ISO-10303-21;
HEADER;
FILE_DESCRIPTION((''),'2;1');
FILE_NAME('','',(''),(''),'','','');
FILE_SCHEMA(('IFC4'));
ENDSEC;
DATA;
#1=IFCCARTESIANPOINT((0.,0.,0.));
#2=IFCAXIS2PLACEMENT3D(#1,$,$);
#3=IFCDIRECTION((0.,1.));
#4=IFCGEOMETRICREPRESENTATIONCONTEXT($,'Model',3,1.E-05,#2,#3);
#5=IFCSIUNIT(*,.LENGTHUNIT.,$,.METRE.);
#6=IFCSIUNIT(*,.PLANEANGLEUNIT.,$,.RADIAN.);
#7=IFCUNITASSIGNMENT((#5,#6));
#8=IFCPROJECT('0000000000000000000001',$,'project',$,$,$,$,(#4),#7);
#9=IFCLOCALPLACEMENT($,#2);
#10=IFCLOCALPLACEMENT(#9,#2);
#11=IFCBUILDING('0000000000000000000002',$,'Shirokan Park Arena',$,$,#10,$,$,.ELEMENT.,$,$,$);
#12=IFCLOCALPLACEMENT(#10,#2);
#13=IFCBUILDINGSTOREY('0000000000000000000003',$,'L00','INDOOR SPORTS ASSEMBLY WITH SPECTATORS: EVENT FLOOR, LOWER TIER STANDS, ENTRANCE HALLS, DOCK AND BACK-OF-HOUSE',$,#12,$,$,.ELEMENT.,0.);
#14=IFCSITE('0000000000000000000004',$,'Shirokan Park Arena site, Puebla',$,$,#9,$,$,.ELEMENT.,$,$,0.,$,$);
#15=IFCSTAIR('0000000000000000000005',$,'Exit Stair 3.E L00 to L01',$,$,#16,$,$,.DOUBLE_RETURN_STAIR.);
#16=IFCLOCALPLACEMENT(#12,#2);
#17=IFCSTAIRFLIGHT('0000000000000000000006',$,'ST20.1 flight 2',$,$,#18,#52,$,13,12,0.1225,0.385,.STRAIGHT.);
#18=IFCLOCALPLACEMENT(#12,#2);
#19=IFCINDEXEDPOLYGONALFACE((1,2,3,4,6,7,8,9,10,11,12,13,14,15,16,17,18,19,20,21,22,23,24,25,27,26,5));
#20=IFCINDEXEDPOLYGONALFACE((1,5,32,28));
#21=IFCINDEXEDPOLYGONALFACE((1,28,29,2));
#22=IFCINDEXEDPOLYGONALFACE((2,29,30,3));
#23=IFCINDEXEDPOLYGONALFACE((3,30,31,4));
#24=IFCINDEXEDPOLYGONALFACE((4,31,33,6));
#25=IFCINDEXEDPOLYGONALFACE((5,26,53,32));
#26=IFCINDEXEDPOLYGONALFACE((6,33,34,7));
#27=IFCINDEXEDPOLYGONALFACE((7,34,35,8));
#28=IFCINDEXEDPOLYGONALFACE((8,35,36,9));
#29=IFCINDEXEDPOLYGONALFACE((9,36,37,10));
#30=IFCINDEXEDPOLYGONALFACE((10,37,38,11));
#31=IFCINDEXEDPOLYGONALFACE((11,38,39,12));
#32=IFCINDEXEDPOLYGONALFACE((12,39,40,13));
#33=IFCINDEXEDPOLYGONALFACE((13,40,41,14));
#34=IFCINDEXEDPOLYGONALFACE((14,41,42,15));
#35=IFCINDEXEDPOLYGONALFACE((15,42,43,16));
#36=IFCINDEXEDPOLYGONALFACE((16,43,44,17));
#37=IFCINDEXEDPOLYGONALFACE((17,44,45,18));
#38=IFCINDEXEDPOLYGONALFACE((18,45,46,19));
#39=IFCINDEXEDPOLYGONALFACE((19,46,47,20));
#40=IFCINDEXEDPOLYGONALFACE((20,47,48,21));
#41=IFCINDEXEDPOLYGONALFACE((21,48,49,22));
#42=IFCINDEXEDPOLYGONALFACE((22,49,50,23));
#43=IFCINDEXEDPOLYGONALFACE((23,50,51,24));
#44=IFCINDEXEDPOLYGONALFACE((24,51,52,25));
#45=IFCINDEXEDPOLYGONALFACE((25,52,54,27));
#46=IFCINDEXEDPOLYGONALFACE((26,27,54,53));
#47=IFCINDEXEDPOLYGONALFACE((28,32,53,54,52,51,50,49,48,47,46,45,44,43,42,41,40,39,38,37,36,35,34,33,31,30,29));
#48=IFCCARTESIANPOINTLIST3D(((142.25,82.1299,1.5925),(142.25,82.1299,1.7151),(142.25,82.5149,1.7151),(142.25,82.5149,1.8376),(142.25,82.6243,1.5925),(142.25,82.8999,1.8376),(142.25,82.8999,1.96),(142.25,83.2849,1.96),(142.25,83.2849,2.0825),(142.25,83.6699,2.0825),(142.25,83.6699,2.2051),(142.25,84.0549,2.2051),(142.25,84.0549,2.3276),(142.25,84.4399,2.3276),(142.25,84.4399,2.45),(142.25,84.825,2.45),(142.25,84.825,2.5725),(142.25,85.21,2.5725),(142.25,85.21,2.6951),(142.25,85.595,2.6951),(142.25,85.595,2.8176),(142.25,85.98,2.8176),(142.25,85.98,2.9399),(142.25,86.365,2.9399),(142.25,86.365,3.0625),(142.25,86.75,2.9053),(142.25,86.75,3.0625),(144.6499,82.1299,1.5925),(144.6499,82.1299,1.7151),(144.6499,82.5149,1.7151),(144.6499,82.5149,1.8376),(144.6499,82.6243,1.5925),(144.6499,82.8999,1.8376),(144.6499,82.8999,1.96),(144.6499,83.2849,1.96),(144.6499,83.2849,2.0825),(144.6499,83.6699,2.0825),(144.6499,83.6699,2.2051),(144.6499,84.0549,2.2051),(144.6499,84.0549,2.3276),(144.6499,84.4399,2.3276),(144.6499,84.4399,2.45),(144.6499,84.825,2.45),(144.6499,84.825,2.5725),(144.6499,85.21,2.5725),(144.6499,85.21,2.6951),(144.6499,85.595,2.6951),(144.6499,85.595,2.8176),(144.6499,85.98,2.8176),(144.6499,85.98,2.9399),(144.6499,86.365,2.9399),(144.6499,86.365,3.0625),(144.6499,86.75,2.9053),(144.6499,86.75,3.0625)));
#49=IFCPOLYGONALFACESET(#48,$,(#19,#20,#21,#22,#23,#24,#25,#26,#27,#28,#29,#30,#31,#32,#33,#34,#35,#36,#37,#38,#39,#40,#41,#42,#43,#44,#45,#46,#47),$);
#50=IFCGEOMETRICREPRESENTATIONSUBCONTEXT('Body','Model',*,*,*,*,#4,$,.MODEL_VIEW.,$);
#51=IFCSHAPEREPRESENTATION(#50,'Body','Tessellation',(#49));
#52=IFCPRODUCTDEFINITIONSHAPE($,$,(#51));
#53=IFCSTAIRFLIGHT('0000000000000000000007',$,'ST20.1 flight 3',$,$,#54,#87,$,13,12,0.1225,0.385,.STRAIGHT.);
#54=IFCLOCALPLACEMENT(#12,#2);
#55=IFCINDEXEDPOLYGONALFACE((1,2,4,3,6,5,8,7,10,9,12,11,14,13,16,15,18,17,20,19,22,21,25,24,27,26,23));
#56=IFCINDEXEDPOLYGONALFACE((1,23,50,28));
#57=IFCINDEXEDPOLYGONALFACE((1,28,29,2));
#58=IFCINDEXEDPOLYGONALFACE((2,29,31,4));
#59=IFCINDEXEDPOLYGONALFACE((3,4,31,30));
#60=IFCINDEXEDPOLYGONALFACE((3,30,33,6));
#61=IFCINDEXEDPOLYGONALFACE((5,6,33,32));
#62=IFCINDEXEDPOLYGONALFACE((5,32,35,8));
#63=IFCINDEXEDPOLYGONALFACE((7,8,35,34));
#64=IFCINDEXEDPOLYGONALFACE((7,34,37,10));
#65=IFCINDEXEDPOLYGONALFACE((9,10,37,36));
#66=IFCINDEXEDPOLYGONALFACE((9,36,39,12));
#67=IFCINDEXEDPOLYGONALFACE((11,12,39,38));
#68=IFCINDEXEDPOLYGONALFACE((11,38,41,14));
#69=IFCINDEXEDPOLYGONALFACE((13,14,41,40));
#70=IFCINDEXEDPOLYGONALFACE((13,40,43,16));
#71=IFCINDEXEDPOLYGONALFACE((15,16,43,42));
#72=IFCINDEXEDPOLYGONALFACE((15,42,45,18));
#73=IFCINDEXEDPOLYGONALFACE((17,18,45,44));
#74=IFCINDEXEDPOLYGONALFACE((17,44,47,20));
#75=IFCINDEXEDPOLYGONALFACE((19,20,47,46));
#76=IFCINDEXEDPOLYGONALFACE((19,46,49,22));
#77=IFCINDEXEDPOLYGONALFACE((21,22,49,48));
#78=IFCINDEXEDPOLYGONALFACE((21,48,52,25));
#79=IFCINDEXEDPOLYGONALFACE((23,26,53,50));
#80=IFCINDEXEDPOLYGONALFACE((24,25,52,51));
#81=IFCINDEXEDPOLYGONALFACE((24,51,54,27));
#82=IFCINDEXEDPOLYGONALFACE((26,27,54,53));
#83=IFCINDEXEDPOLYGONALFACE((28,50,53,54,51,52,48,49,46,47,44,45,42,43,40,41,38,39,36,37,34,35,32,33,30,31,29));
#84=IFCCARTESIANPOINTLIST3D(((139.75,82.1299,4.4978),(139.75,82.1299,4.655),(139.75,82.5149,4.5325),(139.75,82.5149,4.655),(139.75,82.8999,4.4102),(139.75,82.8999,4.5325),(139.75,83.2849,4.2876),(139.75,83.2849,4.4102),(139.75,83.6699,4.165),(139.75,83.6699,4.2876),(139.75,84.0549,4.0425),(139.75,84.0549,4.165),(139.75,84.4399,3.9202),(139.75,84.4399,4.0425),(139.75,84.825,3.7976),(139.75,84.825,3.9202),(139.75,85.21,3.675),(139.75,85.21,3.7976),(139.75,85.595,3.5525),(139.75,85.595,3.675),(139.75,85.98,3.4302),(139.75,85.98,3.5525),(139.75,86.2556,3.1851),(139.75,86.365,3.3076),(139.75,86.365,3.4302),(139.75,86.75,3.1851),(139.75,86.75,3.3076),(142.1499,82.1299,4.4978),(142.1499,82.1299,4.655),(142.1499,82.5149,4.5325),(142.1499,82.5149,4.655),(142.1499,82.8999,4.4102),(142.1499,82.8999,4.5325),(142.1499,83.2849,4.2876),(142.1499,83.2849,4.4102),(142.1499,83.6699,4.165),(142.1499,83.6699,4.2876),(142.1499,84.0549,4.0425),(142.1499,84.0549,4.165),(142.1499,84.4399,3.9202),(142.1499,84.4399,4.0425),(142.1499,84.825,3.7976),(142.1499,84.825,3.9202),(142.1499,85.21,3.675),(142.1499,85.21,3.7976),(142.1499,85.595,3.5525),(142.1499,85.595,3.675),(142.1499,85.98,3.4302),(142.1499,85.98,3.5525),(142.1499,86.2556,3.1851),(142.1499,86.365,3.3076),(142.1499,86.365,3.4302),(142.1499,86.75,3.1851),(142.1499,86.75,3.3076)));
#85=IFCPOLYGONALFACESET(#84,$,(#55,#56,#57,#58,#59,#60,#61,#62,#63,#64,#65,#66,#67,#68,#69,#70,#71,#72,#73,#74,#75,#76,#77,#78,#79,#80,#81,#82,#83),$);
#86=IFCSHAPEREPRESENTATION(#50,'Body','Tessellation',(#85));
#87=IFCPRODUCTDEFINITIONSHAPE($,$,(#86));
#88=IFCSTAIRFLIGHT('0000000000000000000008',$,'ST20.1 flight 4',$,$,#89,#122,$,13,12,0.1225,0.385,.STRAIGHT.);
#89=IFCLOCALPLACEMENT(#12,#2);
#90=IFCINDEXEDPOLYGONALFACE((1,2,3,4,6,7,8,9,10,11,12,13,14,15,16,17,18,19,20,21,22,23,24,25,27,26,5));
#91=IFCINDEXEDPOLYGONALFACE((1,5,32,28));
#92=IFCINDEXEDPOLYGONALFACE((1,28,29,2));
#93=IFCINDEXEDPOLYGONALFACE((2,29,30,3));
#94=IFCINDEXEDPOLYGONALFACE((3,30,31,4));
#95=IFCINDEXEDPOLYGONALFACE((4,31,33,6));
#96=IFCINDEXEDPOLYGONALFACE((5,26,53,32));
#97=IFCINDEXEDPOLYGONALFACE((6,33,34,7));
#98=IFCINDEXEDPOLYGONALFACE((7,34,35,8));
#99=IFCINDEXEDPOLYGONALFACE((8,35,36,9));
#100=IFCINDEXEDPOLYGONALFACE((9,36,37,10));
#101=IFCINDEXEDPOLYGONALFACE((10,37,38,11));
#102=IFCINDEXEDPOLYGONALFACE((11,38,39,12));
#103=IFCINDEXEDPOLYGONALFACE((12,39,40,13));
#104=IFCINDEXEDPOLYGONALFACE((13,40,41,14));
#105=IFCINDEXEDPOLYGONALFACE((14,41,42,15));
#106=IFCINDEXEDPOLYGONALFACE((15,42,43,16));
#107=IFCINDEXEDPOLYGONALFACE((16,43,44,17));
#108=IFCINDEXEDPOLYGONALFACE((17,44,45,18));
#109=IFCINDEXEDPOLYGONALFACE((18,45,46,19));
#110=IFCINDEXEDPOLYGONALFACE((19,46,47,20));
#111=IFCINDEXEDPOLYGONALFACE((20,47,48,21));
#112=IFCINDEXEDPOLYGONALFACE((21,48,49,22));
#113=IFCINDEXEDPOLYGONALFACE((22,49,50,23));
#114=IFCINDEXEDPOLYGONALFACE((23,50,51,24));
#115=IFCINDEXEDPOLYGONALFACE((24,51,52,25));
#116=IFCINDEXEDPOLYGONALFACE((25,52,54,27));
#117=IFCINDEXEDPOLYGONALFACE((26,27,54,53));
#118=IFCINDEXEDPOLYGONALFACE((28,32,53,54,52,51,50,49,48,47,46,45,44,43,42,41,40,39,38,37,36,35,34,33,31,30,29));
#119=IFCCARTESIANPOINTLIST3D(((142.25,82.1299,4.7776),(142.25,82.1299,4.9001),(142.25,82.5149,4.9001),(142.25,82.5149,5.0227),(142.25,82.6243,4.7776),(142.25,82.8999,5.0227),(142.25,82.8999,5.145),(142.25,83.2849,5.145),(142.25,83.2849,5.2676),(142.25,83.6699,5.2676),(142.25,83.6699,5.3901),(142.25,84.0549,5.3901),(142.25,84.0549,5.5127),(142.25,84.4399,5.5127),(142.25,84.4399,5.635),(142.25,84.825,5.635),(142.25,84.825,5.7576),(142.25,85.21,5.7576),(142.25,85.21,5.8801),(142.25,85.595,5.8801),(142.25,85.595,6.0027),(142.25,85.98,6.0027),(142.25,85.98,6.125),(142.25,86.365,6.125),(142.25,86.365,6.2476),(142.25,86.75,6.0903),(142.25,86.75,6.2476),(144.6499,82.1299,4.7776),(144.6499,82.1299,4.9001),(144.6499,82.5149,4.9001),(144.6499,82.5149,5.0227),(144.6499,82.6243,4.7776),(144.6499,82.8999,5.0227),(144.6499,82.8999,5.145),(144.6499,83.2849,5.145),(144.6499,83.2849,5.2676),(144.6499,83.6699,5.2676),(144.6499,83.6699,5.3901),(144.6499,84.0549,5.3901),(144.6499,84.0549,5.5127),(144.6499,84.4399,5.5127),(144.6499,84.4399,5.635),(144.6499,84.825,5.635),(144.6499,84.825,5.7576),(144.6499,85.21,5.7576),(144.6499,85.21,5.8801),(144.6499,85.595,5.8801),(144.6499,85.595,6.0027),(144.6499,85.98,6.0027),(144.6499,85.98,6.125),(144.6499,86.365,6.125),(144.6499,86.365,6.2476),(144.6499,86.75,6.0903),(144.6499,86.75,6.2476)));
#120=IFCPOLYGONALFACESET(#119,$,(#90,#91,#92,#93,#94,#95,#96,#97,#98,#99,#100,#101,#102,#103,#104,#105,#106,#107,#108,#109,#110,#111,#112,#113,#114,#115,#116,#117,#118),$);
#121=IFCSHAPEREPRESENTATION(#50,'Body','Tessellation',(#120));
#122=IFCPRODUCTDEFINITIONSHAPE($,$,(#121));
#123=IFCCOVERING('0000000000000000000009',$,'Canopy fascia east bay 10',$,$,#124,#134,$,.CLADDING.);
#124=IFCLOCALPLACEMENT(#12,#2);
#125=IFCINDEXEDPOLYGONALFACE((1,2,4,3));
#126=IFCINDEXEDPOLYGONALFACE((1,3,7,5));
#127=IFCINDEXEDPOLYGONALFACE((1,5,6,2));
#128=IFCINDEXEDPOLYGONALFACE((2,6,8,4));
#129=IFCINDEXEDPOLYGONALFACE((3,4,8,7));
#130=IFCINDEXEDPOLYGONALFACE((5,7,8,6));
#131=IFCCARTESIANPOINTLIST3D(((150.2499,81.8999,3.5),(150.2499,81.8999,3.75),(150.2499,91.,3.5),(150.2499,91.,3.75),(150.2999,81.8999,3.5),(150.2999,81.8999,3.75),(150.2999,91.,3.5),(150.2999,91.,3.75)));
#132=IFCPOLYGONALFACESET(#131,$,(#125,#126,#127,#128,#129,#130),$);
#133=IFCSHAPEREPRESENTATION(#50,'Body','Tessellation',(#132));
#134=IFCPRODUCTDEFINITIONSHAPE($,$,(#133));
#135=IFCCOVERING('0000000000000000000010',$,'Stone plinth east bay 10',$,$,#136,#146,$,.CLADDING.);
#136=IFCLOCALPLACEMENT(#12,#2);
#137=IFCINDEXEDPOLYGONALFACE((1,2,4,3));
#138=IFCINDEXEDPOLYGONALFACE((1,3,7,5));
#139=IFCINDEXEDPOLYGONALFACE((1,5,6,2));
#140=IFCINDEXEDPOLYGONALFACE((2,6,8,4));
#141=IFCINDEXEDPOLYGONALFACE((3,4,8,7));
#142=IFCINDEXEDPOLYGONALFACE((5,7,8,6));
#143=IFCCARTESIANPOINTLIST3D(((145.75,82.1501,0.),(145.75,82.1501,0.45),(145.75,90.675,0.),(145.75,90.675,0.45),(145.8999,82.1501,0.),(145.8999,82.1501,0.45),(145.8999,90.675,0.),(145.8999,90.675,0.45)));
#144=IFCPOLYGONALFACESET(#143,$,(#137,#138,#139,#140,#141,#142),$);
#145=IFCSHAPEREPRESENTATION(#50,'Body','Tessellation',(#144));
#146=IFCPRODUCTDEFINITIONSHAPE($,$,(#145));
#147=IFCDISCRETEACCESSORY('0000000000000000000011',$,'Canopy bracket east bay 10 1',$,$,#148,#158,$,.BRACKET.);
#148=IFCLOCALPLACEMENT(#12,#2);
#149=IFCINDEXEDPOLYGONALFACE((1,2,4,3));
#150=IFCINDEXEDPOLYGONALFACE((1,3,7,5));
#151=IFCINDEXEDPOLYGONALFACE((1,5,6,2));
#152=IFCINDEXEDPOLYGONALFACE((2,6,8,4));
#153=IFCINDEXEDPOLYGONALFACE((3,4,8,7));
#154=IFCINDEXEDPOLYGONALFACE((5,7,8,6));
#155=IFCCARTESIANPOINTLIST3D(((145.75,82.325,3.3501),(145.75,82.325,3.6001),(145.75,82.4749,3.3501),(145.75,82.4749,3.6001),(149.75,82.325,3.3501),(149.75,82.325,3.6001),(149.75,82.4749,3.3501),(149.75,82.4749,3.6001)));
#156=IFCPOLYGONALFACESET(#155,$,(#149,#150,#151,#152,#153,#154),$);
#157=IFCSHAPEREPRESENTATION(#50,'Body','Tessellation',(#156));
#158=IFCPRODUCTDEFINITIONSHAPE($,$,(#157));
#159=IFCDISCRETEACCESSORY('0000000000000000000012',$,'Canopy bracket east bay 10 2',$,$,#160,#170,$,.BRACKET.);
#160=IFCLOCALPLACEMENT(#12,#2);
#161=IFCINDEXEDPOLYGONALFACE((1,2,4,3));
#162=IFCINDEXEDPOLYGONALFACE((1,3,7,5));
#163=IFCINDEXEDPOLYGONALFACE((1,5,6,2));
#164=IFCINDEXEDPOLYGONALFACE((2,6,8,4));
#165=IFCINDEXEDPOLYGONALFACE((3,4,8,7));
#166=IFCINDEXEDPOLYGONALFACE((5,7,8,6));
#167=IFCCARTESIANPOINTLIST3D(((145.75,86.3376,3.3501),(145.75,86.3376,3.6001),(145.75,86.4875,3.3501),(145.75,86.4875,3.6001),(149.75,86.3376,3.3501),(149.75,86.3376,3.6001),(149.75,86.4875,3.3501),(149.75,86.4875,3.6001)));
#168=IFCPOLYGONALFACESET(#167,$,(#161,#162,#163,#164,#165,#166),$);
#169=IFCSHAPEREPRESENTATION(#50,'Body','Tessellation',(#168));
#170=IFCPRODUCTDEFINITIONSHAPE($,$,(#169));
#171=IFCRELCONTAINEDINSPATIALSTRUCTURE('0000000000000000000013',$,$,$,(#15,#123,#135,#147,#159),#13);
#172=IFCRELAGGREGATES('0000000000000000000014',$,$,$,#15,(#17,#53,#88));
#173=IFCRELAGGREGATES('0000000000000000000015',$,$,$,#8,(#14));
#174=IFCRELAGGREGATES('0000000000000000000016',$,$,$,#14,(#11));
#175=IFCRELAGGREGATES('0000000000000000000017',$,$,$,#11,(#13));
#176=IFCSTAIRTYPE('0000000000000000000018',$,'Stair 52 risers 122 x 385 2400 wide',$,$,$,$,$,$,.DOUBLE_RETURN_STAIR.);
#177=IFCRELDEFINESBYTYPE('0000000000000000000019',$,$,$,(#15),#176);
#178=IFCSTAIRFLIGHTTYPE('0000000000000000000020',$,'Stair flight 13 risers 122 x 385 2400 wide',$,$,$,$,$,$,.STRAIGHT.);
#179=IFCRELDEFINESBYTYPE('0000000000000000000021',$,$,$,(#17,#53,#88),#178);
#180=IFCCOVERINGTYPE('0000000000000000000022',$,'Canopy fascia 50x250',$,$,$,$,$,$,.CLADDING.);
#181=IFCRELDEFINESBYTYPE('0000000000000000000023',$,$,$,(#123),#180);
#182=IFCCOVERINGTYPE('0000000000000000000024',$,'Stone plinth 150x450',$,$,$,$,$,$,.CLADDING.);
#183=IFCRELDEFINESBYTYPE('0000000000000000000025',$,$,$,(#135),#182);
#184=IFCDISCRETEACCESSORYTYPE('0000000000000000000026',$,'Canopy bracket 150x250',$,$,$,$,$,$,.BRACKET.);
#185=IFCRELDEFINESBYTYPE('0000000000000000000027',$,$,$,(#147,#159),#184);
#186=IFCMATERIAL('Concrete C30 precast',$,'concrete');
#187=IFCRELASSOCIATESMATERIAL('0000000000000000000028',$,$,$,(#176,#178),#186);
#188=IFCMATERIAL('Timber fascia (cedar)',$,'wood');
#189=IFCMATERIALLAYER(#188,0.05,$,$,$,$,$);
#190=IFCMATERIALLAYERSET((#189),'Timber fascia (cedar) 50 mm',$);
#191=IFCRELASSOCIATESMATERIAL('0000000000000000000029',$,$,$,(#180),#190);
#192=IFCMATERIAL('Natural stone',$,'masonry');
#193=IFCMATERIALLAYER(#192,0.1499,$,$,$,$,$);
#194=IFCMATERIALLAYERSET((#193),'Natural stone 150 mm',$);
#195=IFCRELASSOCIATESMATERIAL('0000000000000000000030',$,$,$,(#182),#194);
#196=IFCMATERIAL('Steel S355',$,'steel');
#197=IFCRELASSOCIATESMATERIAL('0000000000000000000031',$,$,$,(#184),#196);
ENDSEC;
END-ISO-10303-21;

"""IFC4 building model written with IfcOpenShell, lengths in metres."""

from ifc_helpers import new_model, si_unit, direction, frame, origin, origin_2d, place, context, subcontext, project, spatial, polyline, rectangle, outline, extrude, material, layer, layer_set, type_object, element, aggregate, save


model = new_model("IFC4")

# Units and contexts
model_context = context("Model", 3, precision=1e-05, world=origin(), true_north=direction((0.0, 1.0)))
body_context = subcontext(model_context, "Body", "Model", "MODEL_VIEW")
ifc_project = project(units=[si_unit("LENGTHUNIT", "METRE"), si_unit("PLANEANGLEUNIT", "RADIAN")], contexts=[model_context])

# Site, building, storey
site_placement = place(None, origin())
site = spatial("IfcSite", under=ifc_project, at=site_placement, Name="Shirokan Park Arena site, Puebla", CompositionType="ELEMENT", RefElevation=0.0)
building_placement = place(site_placement, origin())
building = spatial("IfcBuilding", under=site, at=building_placement, Name="Shirokan Park Arena", CompositionType="ELEMENT")
storey_placement = place(building_placement, origin())
storey = spatial("IfcBuildingStorey", under=building, at=storey_placement, Name="L00", Description="INDOOR SPORTS ASSEMBLY WITH SPECTATORS: EVENT FLOOR, LOWER TIER STANDS, ENTRANCE HALLS, DOCK AND BACK-OF-HOUSE", CompositionType="ELEMENT", Elevation=0.0)

# Stair, stair flights
ifc_material_1 = material(Name="Concrete C30 precast", Category="concrete")
stair_type = type_object("IfcStairType", Name="Stair 52 risers 122 x 385 2400 wide", PredefinedType="DOUBLE_RETURN_STAIR", material=ifc_material_1)
stair_placement = place(storey_placement, origin())
stair = element("IfcStair", 1, at=stair_placement, inside=storey, type_object=stair_type, Name="Exit Stair 3.E L00 to L01", PredefinedType="DOUBLE_RETURN_STAIR")
stair_flight_type = type_object("IfcStairFlightType", Name="Stair flight 13 risers 122 x 385 2400 wide", PredefinedType="STRAIGHT", material=ifc_material_1)
stair_flight_1_placement = place(storey_placement, frame((143.45, 82.1299, 1.5925), z_axis=(0.0, 0.0, 1.0), x_axis=(0.0, 1.0, 0.0)))
stair_flight_1 = element("IfcStairFlight", 2, at=stair_flight_1_placement, type_object=stair_flight_type, Name="ST20.1 flight 2", NumberOfRisers=13, NumberOfTreads=12, PredefinedType="STRAIGHT", RiserHeight=0.1225, TreadLength=0.385, context=body_context, shape_type="SweptSolid", body=[
    extrude(outline(polyline([(0.0, 0.0), (0.0, 0.1226), (0.385, 0.1226), (0.385, 0.2451), (0.77, 0.2451), (0.77, 0.3674), (1.155, 0.3674), (1.155, 0.49), (1.54, 0.49), (1.54, 0.6125), (1.925, 0.6125), (1.925, 0.7351), (2.3101, 0.7351), (2.3101, 0.8574), (2.6951, 0.8574), (2.6951, 0.98), (3.0801, 0.98), (3.0801, 1.1025), (3.4651, 1.1025), (3.4651, 1.2251), (3.8501, 1.2251), (3.8501, 1.3474), (4.2351, 1.3474), (4.2351, 1.47), (4.6201, 1.47), (4.6201, 1.5925), (4.6201, 1.3127), (0.4944, 0.0), (0.0, 0.0)])), frame((0.0, 1.2, 0.0), z_axis=(0.0, -1.0, 0.0), x_axis=(1.0, 0.0, 0.0)), (0.0, 0.0, 1.0), 2.3999),
])
stair_flight_2_placement = place(storey_placement, frame((140.95, 86.75, 3.1851), z_axis=(0.0, 0.0, 1.0), x_axis=(0.0, -1.0, 0.0)))
stair_flight_2 = element("IfcStairFlight", 3, at=stair_flight_2_placement, type_object=stair_flight_type, Name="ST20.1 flight 3", NumberOfRisers=13, NumberOfTreads=12, PredefinedType="STRAIGHT", RiserHeight=0.1225, TreadLength=0.385, context=body_context, shape_type="SweptSolid", body=[
    extrude(outline(polyline([(0.0, 0.0), (0.0, 0.1226), (0.385, 0.1226), (0.385, 0.2451), (0.77, 0.2451), (0.77, 0.3674), (1.155, 0.3674), (1.155, 0.49), (1.54, 0.49), (1.54, 0.6125), (1.925, 0.6125), (1.925, 0.7351), (2.3101, 0.7351), (2.3101, 0.8574), (2.6951, 0.8574), (2.6951, 0.98), (3.0801, 0.98), (3.0801, 1.1025), (3.4651, 1.1025), (3.4651, 1.2251), (3.8501, 1.2251), (3.8501, 1.3474), (4.2351, 1.3474), (4.2351, 1.47), (4.6201, 1.47), (4.6201, 1.5925), (4.6201, 1.3127), (0.4944, 0.0), (0.0, 0.0)])), frame((0.0, 1.2, 0.0), z_axis=(0.0, -1.0, 0.0), x_axis=(1.0, 0.0, 0.0)), (0.0, 0.0, 1.0), 2.3999),
])
stair_flight_3_placement = place(storey_placement, frame((143.45, 82.1299, 4.7776), z_axis=(0.0, 0.0, 1.0), x_axis=(0.0, 1.0, 0.0)))
stair_flight_3 = element("IfcStairFlight", 4, at=stair_flight_3_placement, type_object=stair_flight_type, Name="ST20.1 flight 4", NumberOfRisers=13, NumberOfTreads=12, PredefinedType="STRAIGHT", RiserHeight=0.1225, TreadLength=0.385, context=body_context, shape_type="SweptSolid", body=[
    extrude(outline(polyline([(0.0, 0.0), (0.0, 0.1226), (0.385, 0.1226), (0.385, 0.2451), (0.77, 0.2451), (0.77, 0.3674), (1.155, 0.3674), (1.155, 0.49), (1.54, 0.49), (1.54, 0.6125), (1.925, 0.6125), (1.925, 0.7351), (2.3101, 0.7351), (2.3101, 0.8574), (2.6951, 0.8574), (2.6951, 0.98), (3.0801, 0.98), (3.0801, 1.1025), (3.4651, 1.1025), (3.4651, 1.2251), (3.8501, 1.2251), (3.8501, 1.3474), (4.2351, 1.3474), (4.2351, 1.47), (4.6201, 1.47), (4.6201, 1.5925), (4.6201, 1.3127), (0.4944, 0.0), (0.0, 0.0)])), frame((0.0, 1.2, 0.0), z_axis=(0.0, -1.0, 0.0), x_axis=(1.0, 0.0, 0.0)), (0.0, 0.0, 1.0), 2.3999),
])
aggregate(stair, [stair_flight_1, stair_flight_2, stair_flight_3])

# Covering
ifc_material_2 = material(Name="Timber fascia (cedar)", Category="wood")
ifc_layer_1 = layer(ifc_material_2, 0.05)
ifc_layer_set_1 = layer_set([ifc_layer_1], Name="Timber fascia (cedar) 50 mm")
covering_type_1 = type_object("IfcCoveringType", Name="Canopy fascia 50x250", PredefinedType="CLADDING", material=ifc_layer_set_1)
covering_1_placement = place(storey_placement, frame((150.2749, 86.45, 3.5), z_axis=(0.0, 0.0, 1.0), x_axis=(0.0, 1.0, 0.0)))
element("IfcCovering", 5, at=covering_1_placement, inside=storey, type_object=covering_type_1, Name="Canopy fascia east bay 10", PredefinedType="CLADDING", context=body_context, shape_type="SweptSolid", body=[
    extrude(rectangle(XDim=9.1001, YDim=0.05, at=origin_2d()), origin(), (0.0, 0.0, 1.0), 0.25),
])

# Covering
ifc_material_3 = material(Name="Natural stone", Category="masonry")
ifc_layer_2 = layer(ifc_material_3, 0.1499)
ifc_layer_set_2 = layer_set([ifc_layer_2], Name="Natural stone 150 mm")
covering_type_2 = type_object("IfcCoveringType", Name="Stone plinth 150x450", PredefinedType="CLADDING", material=ifc_layer_set_2)
covering_2_placement = place(storey_placement, frame((145.825, 86.4126, 0.0), z_axis=(0.0, 0.0, 1.0), x_axis=(0.0, 1.0, 0.0)))
element("IfcCovering", 6, at=covering_2_placement, inside=storey, type_object=covering_type_2, Name="Stone plinth east bay 10", PredefinedType="CLADDING", context=body_context, shape_type="SweptSolid", body=[
    extrude(rectangle(XDim=8.5249, YDim=0.1499, at=origin_2d()), origin(), (0.0, 0.0, 1.0), 0.45),
])

# Discrete accessories
ifc_material_4 = material(Name="Steel S355", Category="steel")
discrete_accessory_type = type_object("IfcDiscreteAccessoryType", Name="Canopy bracket 150x250", PredefinedType="BRACKET", material=ifc_material_4)
for number, where, z_axis, x_axis, name in (
    (7, (147.75, 82.3999, 3.3501), (0.0, 0.0, 1.0), (0.0, 1.0, 0.0), "Canopy bracket east bay 10 1"),
    (8, (147.75, 86.4126, 3.3501), (0.0, 0.0, 1.0), (0.0, 1.0, 0.0), "Canopy bracket east bay 10 2"),
):
    element("IfcDiscreteAccessory", number, at=place(storey_placement, frame(where, z_axis=z_axis, x_axis=x_axis)), inside=storey, type_object=discrete_accessory_type, Name=name, PredefinedType="BRACKET", context=body_context, shape_type="SweptSolid", body=[
        extrude(rectangle(XDim=0.1499, YDim=4.0, at=origin_2d()), origin(), (0.0, 0.0, 1.0), 0.25),
    ])

save(model, "model.ifc")
